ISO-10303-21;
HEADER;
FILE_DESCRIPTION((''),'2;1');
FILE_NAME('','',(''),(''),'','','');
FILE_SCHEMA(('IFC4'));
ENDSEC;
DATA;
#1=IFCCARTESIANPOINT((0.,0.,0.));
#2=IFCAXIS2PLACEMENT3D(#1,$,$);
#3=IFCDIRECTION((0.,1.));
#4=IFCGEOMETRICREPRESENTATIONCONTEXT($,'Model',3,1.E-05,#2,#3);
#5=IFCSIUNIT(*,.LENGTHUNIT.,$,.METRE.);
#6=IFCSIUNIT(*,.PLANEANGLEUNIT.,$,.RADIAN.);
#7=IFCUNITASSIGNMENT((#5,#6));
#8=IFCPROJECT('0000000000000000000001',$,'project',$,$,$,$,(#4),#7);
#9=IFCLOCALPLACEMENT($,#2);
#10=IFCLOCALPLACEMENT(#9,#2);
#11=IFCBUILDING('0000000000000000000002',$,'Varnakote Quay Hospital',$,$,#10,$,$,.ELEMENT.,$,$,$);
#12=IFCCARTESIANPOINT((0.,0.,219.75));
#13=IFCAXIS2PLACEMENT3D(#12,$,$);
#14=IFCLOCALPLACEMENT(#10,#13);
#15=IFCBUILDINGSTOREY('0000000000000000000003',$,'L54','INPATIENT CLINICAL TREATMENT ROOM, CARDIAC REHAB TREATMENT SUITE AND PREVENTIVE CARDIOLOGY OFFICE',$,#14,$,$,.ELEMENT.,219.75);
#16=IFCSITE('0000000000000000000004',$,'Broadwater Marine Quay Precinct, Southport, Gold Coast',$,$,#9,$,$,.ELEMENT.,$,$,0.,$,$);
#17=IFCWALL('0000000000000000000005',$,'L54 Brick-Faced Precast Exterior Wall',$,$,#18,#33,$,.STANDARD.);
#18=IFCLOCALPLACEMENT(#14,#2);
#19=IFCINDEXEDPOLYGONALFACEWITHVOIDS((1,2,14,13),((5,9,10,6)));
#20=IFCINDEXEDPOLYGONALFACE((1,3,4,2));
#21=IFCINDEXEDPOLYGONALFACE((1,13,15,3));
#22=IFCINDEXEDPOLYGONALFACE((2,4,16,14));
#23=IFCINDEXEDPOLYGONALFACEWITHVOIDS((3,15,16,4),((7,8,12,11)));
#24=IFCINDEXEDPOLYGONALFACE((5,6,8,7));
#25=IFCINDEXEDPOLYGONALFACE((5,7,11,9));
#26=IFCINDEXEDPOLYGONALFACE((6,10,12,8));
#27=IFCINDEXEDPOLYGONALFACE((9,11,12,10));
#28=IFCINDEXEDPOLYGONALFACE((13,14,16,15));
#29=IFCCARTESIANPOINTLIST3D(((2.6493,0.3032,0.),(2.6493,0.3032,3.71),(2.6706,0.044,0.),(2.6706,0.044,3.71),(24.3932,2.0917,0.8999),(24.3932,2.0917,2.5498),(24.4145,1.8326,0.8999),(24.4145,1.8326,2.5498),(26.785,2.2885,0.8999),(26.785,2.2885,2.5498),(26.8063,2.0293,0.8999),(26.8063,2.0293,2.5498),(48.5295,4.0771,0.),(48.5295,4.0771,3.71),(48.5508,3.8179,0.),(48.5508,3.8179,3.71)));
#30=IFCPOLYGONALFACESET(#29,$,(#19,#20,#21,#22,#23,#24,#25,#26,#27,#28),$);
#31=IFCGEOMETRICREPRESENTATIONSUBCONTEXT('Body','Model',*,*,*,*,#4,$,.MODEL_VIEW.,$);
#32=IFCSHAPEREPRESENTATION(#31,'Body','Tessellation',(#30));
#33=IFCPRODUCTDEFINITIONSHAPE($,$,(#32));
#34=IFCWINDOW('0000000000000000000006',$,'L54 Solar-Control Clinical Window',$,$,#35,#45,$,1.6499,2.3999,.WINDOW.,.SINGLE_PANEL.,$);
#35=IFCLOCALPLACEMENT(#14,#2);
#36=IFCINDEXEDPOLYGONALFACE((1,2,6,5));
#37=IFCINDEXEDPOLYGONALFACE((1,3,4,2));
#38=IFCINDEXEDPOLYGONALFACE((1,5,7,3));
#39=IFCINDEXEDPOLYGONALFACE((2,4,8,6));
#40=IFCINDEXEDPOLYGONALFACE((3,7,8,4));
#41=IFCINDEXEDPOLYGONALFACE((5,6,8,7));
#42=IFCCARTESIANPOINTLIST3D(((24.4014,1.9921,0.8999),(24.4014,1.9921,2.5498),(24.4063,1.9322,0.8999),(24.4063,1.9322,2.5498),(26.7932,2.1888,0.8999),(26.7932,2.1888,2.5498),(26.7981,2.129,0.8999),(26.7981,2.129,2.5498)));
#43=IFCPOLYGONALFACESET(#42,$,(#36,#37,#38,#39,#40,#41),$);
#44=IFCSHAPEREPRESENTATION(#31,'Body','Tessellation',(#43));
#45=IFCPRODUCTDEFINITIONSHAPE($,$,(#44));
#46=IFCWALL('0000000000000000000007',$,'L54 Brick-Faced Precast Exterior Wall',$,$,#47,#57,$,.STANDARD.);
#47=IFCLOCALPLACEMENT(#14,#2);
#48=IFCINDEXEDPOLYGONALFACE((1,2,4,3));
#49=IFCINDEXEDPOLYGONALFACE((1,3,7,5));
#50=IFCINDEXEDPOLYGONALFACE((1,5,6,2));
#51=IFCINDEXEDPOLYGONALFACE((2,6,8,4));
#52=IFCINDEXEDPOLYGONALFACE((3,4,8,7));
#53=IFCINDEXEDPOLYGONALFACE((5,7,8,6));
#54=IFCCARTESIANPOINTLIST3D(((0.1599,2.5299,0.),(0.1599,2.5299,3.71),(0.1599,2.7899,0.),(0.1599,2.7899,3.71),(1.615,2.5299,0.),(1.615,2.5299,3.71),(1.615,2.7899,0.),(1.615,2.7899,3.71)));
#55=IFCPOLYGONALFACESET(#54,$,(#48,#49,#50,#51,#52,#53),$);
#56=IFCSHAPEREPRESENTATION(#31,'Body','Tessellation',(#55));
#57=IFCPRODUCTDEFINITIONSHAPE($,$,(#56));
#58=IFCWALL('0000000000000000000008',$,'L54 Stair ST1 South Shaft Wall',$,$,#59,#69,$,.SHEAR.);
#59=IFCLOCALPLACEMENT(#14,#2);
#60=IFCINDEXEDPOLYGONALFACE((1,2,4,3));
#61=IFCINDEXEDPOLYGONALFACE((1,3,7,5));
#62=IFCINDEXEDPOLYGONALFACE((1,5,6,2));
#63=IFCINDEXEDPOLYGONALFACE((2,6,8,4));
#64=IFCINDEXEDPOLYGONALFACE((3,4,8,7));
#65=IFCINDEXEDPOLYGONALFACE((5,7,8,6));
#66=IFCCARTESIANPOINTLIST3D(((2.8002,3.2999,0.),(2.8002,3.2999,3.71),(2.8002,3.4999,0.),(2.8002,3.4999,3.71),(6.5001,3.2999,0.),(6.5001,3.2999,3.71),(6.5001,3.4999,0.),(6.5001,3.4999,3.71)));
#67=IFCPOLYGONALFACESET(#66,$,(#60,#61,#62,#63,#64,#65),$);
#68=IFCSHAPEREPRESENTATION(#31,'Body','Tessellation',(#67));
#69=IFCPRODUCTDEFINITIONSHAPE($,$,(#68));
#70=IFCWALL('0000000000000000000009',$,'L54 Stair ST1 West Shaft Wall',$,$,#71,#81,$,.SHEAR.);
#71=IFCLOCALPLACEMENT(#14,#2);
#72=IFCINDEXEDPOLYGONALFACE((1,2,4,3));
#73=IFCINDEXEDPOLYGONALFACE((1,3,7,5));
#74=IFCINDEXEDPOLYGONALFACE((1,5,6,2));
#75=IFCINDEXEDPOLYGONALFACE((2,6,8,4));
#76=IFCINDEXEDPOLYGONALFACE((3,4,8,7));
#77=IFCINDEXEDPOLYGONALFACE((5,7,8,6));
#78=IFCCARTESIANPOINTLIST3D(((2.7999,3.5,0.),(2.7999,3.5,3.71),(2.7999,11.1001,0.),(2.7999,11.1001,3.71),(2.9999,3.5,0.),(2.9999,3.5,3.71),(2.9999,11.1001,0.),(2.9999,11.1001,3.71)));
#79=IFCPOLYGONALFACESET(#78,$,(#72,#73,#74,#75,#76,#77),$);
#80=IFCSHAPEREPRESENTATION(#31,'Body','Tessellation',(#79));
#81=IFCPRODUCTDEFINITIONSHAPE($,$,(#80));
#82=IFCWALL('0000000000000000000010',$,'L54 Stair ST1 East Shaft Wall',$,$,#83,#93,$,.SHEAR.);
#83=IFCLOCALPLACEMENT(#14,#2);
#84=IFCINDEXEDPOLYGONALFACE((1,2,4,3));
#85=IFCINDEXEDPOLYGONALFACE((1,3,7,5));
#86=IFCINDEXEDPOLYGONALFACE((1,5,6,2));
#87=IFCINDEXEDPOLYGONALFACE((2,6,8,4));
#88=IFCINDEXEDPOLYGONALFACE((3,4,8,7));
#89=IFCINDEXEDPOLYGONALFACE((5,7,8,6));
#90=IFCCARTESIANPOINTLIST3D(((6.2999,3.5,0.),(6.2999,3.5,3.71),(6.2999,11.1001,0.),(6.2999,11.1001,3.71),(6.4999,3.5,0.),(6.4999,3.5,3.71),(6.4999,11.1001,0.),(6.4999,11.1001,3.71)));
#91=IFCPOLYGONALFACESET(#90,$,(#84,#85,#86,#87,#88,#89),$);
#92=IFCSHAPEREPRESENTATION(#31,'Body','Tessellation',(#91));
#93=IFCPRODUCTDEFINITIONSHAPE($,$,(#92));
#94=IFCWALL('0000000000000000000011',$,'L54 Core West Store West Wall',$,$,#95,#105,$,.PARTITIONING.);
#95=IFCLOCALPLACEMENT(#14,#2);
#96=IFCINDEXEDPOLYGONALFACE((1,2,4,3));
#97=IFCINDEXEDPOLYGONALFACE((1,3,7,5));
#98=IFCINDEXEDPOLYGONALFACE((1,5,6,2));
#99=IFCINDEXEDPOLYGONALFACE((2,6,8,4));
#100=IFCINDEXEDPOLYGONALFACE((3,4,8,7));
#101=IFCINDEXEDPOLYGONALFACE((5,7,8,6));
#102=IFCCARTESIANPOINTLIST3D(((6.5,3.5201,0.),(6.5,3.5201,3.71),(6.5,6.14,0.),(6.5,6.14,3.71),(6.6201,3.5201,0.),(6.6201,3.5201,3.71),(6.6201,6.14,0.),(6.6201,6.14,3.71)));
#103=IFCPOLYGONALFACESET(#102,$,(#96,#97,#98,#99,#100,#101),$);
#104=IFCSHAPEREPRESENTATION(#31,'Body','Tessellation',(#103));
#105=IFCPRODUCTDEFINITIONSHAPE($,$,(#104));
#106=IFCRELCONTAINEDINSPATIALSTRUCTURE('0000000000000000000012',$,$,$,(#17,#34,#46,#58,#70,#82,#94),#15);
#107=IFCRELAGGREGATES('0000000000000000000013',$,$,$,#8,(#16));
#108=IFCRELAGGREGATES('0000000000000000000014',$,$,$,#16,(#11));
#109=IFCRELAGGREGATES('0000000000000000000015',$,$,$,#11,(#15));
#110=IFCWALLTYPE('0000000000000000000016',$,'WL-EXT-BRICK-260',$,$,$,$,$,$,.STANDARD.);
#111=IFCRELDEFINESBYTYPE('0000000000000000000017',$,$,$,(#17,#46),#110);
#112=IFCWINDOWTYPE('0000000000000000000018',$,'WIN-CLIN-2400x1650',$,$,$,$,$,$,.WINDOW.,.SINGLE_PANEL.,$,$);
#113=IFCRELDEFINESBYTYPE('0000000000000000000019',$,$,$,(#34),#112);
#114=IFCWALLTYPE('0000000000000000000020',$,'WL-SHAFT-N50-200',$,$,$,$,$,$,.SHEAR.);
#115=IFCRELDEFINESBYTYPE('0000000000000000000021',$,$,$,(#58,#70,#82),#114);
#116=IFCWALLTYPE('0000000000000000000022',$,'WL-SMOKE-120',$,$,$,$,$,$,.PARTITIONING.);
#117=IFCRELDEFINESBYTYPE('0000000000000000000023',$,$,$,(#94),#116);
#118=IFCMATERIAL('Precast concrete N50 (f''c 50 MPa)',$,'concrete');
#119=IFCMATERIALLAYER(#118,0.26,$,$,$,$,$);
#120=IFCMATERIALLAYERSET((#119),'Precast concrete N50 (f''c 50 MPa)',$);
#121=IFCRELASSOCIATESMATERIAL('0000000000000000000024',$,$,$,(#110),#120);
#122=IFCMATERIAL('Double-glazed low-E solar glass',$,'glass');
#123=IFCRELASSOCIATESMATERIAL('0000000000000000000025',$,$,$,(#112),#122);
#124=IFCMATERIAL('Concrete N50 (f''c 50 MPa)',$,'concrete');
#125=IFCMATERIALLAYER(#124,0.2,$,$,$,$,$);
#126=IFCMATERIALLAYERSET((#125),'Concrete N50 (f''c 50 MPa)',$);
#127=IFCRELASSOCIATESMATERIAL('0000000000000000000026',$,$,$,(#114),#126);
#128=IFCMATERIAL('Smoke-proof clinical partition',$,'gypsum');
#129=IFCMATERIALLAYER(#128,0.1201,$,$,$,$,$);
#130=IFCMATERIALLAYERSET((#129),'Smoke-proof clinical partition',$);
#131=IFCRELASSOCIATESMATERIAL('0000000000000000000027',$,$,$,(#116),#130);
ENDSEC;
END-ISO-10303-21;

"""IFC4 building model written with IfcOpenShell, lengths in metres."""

from ifc_helpers import new_model, si_unit, direction, frame, frame_2d, origin, place, context, subcontext, project, spatial, rectangle, extrude, material, layer, layer_set, type_object, element, fill, save


model = new_model("IFC4")

# Units and contexts
model_context = context("Model", 3, precision=1e-05, world=origin(), true_north=direction((0.0, 1.0)))
body_context = subcontext(model_context, "Body", "Model", "MODEL_VIEW")
ifc_project = project(units=[si_unit("LENGTHUNIT", "METRE"), si_unit("PLANEANGLEUNIT", "RADIAN")], contexts=[model_context])

# Site, building, storey
site_placement = place(None, origin())
site = spatial("IfcSite", under=ifc_project, at=site_placement, Name="Broadwater Marine Quay Precinct, Southport, Gold Coast", CompositionType="ELEMENT", RefElevation=0.0)
building_placement = place(site_placement, origin())
building = spatial("IfcBuilding", under=site, at=building_placement, Name="Varnakote Quay Hospital", CompositionType="ELEMENT")
storey_placement = place(building_placement, frame((0.0, 0.0, 219.75)))
storey = spatial("IfcBuildingStorey", under=building, at=storey_placement, Name="L54", Description="INPATIENT CLINICAL TREATMENT ROOM, CARDIAC REHAB TREATMENT SUITE AND PREVENTIVE CARDIOLOGY OFFICE", CompositionType="ELEMENT", Elevation=219.75)

# Shared definitions
ifc_material_1 = material(Name="Precast concrete N50 (f'c 50 MPa)", Category="concrete")
ifc_layer_1 = layer(ifc_material_1, 0.26)
ifc_layer_set_1 = layer_set([ifc_layer_1], Name="Precast concrete N50 (f'c 50 MPa)")
wall_type_1 = type_object("IfcWallType", Name="WL-EXT-BRICK-260", PredefinedType="STANDARD", material=ifc_layer_set_1)

# Wall, opening, window
wall_1_placement = place(storey_placement, frame((2.6599, 0.1736, 0.0), z_axis=(0.0, 0.0, 1.0), x_axis=(0.996634, 0.081979, 0.0)))
wall_1 = element("IfcWall", 1, at=wall_1_placement, inside=storey, type_object=wall_type_1, Name="L54 Brick-Faced Precast Exterior Wall", PredefinedType="STANDARD", context=body_context, shape_type="SweptSolid", body=[
    extrude(rectangle(XDim=46.0352, YDim=0.26, at=frame_2d((23.0176, 0.0))), origin(), (0.0, 0.0, 1.0), 3.71),
])
opening_placement = place(wall_1_placement, frame((21.8174, 0.0, 0.8999)))
opening = element("IfcOpeningElement", 2, at=opening_placement, cuts=wall_1, PredefinedType="OPENING", context=body_context, shape_type="SweptSolid", body=[
    extrude(rectangle(XDim=2.3999, YDim=1.6499, at=frame_2d((1.2, 0.825))), frame((0.0, 0.1399, 0.0), z_axis=(0.0, -1.0, 0.0), x_axis=(1.0, 0.0, 0.0)), (0.0, 0.0, 1.0), 0.28),
])
ifc_material_2 = material(Name="Double-glazed low-E solar glass", Category="glass")
window_type = type_object("IfcWindowType", Name="WIN-CLIN-2400x1650", PartitioningType="SINGLE_PANEL", PredefinedType="WINDOW", material=ifc_material_2)
window_placement = place(opening_placement, origin())
window = element("IfcWindow", 3, at=window_placement, inside=storey, type_object=window_type, Name="L54 Solar-Control Clinical Window", OverallHeight=1.6499, OverallWidth=2.3999, PartitioningType="SINGLE_PANEL", PredefinedType="WINDOW", context=body_context, shape_type="SweptSolid", body=[
    extrude(rectangle(XDim=2.3999, YDim=1.6499, at=frame_2d((1.2, 0.825))), frame((0.0, 0.03, 0.0), z_axis=(0.0, -1.0, 0.0), x_axis=(1.0, 0.0, 0.0)), (0.0, 0.0, 1.0), 0.0601),
])
fill(opening, window)

# Walls
wall_2_placement = place(storey_placement, frame((0.1599, 2.6599, 0.0), z_axis=(0.0, 0.0, 1.0), x_axis=(1.0, 0.0, 0.0)))
element("IfcWall", 4, at=wall_2_placement, inside=storey, type_object=wall_type_1, Name="L54 Brick-Faced Precast Exterior Wall", PredefinedType="STANDARD", context=body_context, shape_type="SweptSolid", body=[
    extrude(rectangle(XDim=1.4551, YDim=0.26, at=frame_2d((0.7275, 0.0))), origin(), (0.0, 0.0, 1.0), 3.71),
])
ifc_material_3 = material(Name="Concrete N50 (f'c 50 MPa)", Category="concrete")
ifc_layer_2 = layer(ifc_material_3, 0.2)
ifc_layer_set_2 = layer_set([ifc_layer_2], Name="Concrete N50 (f'c 50 MPa)")
wall_type_2 = type_object("IfcWallType", Name="WL-SHAFT-N50-200", PredefinedType="SHEAR", material=ifc_layer_set_2)
wall_3_placement = place(storey_placement, frame((2.8, 3.3999, 0.0), z_axis=(0.0, 0.0, 1.0), x_axis=(1.0, 0.0, 0.0)))
element("IfcWall", 5, at=wall_3_placement, inside=storey, type_object=wall_type_2, Name="L54 Stair ST1 South Shaft Wall", PredefinedType="SHEAR", context=body_context, shape_type="SweptSolid", body=[
    extrude(rectangle(XDim=3.7, YDim=0.2, at=frame_2d((1.8501, 0.0))), origin(), (0.0, 0.0, 1.0), 3.71),
])
for number, where, z_axis, x_axis, name in (
    (6, (2.8999, 3.5, 0.0), (0.0, 0.0, 1.0), (0.0, 1.0, 0.0), "L54 Stair ST1 West Shaft Wall"),
    (7, (6.3999, 3.5, 0.0), (0.0, 0.0, 1.0), (0.0, 1.0, 0.0), "L54 Stair ST1 East Shaft Wall"),
):
    element("IfcWall", number, at=place(storey_placement, frame(where, z_axis=z_axis, x_axis=x_axis)), inside=storey, type_object=wall_type_2, Name=name, PredefinedType="SHEAR", context=body_context, shape_type="SweptSolid", body=[
        extrude(rectangle(XDim=7.6001, YDim=0.2, at=frame_2d((3.8, 0.0))), origin(), (0.0, 0.0, 1.0), 3.71),
    ])
ifc_material_4 = material(Name="Smoke-proof clinical partition", Category="gypsum")
ifc_layer_3 = layer(ifc_material_4, 0.1201)
ifc_layer_set_3 = layer_set([ifc_layer_3], Name="Smoke-proof clinical partition")
wall_type_3 = type_object("IfcWallType", Name="WL-SMOKE-120", PredefinedType="PARTITIONING", material=ifc_layer_set_3)
wall_4_placement = place(storey_placement, frame((6.5601, 3.52, 0.0), z_axis=(0.0, 0.0, 1.0), x_axis=(0.0, 1.0, 0.0)))
element("IfcWall", 8, at=wall_4_placement, inside=storey, type_object=wall_type_3, Name="L54 Core West Store West Wall", PredefinedType="PARTITIONING", context=body_context, shape_type="SweptSolid", body=[
    extrude(rectangle(XDim=2.6199, YDim=0.1201, at=frame_2d((1.3101, 0.0))), origin(), (0.0, 0.0, 1.0), 3.71),
])

save(model, "model.ifc")
